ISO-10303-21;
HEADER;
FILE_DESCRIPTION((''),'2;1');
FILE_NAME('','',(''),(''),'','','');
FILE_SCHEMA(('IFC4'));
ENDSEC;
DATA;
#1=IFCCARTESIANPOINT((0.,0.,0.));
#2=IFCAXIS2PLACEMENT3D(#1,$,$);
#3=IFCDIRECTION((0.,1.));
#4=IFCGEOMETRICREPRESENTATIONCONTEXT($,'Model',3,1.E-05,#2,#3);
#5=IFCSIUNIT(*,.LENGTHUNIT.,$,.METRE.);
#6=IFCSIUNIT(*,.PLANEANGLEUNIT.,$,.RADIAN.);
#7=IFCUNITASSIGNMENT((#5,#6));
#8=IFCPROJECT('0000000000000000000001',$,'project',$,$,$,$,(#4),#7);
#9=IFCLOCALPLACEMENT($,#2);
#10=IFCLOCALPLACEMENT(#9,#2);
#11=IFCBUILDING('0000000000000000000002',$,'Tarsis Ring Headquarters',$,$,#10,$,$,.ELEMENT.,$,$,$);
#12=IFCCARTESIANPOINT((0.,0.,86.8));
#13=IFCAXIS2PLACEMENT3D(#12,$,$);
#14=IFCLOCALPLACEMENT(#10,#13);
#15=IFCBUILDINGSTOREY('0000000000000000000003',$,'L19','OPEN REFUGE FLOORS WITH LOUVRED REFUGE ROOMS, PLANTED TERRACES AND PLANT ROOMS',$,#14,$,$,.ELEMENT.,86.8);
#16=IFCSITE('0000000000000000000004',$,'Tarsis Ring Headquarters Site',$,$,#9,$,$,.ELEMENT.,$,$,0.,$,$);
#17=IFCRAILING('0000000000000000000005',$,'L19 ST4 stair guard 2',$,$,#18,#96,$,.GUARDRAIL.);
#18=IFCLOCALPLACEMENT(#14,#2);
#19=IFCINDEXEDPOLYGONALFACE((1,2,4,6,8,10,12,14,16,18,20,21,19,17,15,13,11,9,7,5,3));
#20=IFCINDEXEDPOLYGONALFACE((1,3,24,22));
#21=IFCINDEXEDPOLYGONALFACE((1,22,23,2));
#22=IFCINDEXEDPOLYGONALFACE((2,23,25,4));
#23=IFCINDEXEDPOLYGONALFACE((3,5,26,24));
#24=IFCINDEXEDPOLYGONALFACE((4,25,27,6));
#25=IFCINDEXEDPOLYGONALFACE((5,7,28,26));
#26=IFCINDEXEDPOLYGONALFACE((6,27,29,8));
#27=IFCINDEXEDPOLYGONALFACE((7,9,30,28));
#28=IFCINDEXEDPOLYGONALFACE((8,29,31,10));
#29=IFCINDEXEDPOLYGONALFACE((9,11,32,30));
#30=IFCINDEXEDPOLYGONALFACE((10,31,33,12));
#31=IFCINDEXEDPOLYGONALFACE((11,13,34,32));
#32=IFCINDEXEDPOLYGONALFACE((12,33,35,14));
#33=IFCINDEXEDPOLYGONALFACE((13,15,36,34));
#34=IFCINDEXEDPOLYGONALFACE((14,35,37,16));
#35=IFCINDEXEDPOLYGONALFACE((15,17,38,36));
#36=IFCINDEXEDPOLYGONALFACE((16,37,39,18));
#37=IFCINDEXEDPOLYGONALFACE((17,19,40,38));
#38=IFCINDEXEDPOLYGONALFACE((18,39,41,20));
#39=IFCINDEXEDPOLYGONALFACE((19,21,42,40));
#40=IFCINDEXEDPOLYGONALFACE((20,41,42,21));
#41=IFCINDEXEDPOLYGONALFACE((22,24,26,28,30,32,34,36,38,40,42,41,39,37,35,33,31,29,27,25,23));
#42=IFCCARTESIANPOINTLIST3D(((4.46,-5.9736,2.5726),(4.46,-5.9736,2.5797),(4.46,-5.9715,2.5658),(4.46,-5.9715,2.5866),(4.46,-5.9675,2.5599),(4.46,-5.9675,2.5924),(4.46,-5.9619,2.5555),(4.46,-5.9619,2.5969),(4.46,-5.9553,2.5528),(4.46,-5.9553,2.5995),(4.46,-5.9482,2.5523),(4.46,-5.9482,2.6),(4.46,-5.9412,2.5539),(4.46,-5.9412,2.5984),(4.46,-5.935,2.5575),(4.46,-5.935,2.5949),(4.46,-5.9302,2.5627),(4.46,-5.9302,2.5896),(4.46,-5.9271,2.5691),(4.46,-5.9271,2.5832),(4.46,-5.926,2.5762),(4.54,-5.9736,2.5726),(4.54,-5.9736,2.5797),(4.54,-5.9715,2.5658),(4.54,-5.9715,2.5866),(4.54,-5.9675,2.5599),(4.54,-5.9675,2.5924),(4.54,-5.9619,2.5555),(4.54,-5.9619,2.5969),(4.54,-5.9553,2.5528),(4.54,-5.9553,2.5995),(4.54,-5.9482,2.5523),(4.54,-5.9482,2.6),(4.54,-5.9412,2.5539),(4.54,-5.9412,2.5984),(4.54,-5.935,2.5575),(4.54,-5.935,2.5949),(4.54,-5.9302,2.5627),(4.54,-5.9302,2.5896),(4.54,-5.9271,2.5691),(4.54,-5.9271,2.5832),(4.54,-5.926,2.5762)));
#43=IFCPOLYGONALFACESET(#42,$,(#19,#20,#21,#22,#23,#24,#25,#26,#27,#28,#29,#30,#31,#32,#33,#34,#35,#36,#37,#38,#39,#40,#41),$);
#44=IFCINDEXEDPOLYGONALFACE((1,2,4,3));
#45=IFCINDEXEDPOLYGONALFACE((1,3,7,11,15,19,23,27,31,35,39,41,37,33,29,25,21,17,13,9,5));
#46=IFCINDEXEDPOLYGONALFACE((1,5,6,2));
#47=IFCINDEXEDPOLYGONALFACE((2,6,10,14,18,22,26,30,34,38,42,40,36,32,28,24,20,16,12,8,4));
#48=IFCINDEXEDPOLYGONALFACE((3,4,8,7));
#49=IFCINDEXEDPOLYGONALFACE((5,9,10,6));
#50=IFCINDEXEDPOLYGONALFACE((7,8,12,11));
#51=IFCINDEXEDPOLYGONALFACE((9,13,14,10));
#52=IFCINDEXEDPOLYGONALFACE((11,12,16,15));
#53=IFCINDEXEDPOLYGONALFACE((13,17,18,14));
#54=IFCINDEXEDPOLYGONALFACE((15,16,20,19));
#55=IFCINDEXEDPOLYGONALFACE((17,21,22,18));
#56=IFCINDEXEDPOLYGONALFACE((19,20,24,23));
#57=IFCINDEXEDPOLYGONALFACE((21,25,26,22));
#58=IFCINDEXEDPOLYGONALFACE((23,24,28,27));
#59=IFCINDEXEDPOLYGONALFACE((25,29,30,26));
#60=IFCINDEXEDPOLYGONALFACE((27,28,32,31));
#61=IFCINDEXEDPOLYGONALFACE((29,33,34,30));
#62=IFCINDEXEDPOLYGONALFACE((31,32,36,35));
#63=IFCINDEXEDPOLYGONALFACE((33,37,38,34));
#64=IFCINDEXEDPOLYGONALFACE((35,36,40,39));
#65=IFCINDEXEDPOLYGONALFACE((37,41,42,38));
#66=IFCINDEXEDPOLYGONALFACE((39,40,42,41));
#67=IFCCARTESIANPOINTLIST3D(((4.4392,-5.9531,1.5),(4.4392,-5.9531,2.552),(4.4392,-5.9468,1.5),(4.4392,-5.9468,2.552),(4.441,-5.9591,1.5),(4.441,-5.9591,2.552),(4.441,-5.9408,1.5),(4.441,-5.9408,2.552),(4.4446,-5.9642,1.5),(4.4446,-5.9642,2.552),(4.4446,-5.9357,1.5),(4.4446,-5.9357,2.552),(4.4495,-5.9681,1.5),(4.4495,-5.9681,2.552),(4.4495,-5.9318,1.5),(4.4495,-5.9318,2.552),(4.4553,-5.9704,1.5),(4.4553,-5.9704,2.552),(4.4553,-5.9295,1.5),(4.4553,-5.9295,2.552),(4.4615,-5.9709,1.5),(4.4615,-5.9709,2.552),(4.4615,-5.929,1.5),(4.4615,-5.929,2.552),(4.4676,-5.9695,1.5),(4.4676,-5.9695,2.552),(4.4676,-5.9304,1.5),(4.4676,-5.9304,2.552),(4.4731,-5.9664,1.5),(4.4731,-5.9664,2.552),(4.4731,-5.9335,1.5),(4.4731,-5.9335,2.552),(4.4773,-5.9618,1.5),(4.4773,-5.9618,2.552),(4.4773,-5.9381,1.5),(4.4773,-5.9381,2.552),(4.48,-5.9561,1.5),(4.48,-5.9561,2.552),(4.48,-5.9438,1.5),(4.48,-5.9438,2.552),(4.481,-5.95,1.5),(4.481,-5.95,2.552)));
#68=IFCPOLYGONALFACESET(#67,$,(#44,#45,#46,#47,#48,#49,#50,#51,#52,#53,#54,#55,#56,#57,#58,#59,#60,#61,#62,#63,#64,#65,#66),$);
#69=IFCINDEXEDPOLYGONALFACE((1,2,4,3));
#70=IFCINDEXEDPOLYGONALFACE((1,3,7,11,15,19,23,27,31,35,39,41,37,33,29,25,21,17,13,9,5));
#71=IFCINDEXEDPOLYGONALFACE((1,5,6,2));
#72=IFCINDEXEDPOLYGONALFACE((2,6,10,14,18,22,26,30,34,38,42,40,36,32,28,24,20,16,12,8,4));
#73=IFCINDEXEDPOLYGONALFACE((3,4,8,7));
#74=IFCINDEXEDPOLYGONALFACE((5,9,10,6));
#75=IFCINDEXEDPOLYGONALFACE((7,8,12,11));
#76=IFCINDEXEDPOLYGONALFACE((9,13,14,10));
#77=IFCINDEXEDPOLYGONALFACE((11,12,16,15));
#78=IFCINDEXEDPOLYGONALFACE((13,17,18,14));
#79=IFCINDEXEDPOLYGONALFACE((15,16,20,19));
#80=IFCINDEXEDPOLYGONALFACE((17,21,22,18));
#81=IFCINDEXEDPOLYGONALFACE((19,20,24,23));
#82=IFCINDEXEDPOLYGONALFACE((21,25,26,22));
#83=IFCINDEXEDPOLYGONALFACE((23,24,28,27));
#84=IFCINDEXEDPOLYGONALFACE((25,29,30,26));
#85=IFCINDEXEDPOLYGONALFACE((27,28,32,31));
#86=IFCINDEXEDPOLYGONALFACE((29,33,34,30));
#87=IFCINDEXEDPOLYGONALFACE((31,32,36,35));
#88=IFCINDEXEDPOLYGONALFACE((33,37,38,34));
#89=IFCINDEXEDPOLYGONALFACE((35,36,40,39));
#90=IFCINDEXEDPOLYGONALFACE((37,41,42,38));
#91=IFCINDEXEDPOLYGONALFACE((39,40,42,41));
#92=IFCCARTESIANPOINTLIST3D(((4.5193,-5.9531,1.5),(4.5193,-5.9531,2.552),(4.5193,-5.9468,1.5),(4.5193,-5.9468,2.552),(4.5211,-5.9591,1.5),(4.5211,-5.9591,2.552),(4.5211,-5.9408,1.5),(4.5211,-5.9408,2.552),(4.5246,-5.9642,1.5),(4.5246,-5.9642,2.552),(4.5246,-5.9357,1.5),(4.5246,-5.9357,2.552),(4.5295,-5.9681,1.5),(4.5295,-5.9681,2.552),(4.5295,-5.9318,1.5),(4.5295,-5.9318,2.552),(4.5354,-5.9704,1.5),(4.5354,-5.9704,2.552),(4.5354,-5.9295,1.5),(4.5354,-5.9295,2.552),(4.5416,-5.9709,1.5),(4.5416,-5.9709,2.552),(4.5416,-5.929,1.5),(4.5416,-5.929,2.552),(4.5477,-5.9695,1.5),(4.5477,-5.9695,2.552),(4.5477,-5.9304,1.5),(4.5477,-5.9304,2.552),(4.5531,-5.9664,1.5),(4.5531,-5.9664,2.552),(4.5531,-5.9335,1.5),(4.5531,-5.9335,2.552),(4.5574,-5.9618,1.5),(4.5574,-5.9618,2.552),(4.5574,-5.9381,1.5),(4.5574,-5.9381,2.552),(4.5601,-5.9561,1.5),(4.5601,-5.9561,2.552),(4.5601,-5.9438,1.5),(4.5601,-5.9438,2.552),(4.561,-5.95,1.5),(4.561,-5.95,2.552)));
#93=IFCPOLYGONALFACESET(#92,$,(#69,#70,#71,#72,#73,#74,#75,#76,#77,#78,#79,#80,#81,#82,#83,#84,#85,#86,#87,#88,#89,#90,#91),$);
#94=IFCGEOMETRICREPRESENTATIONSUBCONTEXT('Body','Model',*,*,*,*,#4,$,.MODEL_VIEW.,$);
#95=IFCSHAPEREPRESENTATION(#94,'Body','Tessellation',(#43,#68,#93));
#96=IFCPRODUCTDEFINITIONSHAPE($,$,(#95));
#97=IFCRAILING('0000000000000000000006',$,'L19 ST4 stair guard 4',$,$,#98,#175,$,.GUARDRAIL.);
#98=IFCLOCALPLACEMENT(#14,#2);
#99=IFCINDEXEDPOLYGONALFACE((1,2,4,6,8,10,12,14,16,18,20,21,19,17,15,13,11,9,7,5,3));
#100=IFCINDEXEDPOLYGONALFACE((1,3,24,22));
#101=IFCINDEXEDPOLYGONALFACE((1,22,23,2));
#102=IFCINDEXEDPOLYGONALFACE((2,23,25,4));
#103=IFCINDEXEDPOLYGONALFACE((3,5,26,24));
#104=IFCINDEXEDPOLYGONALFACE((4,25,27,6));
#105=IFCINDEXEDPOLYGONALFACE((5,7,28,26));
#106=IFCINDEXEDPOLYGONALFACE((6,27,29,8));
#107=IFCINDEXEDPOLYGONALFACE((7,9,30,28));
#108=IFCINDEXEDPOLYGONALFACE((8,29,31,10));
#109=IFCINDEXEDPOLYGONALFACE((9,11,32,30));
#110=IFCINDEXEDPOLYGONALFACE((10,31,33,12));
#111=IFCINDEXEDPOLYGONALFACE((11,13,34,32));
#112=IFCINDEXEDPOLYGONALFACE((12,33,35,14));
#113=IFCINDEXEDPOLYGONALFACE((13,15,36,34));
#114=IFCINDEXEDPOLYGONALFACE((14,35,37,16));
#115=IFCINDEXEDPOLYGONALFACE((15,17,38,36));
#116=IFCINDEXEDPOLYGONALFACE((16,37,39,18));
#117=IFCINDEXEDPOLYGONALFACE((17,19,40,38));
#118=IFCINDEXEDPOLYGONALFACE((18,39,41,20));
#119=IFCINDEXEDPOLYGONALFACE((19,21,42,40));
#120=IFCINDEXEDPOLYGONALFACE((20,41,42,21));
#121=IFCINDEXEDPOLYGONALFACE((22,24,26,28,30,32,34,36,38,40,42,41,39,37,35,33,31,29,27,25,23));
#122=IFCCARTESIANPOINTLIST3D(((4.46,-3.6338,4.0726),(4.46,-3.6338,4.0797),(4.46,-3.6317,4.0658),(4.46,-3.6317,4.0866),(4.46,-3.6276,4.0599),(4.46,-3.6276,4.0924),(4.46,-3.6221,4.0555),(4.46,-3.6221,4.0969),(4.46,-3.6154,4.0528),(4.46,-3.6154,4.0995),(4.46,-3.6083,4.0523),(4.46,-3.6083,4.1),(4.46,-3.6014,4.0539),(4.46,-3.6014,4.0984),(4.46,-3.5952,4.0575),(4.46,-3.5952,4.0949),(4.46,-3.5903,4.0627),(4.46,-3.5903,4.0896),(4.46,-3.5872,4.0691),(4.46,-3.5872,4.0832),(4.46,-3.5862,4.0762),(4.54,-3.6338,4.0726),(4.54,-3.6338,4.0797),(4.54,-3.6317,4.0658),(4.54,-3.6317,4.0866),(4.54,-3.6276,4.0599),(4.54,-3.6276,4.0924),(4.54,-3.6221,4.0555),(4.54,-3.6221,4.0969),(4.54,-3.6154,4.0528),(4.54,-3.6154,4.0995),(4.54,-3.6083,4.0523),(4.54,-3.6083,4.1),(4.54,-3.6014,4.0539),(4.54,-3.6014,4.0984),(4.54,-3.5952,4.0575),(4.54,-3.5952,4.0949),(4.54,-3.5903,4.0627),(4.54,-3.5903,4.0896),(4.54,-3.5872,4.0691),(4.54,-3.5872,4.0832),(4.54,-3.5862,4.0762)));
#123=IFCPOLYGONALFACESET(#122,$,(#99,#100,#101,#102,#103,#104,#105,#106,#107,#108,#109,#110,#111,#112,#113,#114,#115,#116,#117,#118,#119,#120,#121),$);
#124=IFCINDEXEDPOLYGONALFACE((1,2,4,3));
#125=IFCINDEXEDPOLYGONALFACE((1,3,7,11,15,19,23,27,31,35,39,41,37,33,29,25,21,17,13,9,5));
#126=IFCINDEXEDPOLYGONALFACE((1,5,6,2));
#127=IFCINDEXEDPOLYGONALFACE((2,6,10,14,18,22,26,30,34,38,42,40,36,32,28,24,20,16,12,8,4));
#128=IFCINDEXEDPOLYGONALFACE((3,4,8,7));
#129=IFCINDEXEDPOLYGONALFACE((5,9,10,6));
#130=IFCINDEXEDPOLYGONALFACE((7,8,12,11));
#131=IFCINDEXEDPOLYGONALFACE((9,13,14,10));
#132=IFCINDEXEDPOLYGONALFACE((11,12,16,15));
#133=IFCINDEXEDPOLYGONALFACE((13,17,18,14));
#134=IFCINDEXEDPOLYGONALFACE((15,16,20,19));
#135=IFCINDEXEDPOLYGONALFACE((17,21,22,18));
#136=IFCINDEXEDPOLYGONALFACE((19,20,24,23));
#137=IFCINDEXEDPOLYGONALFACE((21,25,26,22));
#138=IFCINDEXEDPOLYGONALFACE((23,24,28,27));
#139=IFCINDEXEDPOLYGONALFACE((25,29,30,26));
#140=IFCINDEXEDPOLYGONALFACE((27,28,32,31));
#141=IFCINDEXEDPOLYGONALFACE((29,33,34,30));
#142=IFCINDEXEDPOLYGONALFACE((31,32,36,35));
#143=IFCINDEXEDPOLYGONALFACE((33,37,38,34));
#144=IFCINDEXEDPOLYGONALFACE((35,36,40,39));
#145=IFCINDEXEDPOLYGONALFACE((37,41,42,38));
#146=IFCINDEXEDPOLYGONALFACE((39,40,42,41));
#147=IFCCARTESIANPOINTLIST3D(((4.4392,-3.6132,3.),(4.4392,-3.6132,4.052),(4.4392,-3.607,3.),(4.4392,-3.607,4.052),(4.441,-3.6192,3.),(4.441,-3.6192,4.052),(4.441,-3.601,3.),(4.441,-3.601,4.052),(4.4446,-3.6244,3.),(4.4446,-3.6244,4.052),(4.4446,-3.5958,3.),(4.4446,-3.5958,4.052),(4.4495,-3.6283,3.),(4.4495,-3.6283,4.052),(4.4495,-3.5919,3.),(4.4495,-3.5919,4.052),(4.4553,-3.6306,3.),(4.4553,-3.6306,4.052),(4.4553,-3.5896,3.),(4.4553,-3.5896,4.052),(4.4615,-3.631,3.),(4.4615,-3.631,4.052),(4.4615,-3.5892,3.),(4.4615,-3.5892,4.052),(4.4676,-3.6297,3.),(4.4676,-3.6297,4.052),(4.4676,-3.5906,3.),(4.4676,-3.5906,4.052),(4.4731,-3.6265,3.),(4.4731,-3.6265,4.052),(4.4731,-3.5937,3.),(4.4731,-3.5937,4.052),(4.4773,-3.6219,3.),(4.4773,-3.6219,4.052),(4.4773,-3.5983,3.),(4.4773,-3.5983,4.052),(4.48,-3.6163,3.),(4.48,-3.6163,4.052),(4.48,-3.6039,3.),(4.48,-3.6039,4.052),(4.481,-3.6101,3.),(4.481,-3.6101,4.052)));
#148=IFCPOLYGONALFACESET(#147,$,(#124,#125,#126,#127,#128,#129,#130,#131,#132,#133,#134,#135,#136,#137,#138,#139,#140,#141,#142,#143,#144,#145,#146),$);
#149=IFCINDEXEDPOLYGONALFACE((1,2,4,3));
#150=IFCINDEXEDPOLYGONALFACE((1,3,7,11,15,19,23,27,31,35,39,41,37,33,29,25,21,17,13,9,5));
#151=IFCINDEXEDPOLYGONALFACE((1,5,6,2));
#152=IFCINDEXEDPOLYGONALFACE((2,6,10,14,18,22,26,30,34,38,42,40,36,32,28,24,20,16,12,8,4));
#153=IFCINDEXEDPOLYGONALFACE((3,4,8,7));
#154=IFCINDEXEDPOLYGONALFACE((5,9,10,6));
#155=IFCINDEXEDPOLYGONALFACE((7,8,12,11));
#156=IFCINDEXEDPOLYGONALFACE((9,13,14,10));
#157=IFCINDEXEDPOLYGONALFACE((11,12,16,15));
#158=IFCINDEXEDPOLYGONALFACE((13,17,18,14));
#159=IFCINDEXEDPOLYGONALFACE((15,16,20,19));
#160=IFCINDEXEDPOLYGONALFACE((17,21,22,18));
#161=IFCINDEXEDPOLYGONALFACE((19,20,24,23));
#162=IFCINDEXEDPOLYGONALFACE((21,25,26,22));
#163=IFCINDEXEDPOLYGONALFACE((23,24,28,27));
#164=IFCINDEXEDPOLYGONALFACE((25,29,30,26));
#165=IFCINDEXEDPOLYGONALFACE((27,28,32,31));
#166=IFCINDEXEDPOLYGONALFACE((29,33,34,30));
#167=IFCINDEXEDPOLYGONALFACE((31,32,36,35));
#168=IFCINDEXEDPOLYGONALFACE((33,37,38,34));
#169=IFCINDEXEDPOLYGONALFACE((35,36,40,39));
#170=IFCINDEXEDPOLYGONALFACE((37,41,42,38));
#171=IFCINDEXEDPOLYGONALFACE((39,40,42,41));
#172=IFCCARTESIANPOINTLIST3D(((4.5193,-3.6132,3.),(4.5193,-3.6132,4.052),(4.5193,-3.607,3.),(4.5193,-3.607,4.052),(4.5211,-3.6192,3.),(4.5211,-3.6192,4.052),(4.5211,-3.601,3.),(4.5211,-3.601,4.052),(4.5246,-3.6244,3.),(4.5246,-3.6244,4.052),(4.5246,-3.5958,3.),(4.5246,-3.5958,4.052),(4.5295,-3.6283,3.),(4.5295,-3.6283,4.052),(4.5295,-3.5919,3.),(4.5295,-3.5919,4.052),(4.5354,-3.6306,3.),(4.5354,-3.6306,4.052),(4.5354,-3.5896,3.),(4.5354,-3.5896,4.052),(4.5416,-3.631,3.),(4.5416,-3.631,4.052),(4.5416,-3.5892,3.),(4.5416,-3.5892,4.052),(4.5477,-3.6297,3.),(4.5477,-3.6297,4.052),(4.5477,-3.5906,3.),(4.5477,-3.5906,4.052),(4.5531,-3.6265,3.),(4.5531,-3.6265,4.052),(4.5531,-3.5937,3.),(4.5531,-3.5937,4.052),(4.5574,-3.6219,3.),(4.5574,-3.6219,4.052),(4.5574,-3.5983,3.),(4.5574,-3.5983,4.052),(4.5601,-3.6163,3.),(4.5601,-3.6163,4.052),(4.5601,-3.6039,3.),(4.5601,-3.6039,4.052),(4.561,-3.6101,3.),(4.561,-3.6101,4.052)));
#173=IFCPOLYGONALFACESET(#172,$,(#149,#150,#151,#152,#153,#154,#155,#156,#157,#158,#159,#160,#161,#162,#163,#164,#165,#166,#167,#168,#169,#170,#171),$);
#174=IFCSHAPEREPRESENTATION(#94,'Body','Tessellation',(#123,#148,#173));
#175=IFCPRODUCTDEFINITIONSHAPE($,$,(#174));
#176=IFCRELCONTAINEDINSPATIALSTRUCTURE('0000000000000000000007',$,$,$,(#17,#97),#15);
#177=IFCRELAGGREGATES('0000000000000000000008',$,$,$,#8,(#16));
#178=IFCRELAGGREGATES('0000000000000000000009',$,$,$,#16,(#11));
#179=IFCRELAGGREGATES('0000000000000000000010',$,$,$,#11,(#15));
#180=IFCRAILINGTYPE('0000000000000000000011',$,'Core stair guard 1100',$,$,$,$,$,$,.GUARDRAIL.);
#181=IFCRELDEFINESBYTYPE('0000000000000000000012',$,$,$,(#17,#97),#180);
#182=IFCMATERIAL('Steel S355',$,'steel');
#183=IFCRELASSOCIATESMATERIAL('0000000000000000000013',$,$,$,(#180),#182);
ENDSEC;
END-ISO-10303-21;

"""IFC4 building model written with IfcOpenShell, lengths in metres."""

from ifc_helpers import new_model, si_unit, direction, frame, origin, origin_2d, place, context, subcontext, project, spatial, circle, extrude, material, type_object, element, save


model = new_model("IFC4")

# Units and contexts
model_context = context("Model", 3, precision=1e-05, world=origin(), true_north=direction((0.0, 1.0)))
body_context = subcontext(model_context, "Body", "Model", "MODEL_VIEW")
ifc_project = project(units=[si_unit("LENGTHUNIT", "METRE"), si_unit("PLANEANGLEUNIT", "RADIAN")], contexts=[model_context])

# Site, building, storey
site_placement = place(None, origin())
site = spatial("IfcSite", under=ifc_project, at=site_placement, Name="Tarsis Ring Headquarters Site", CompositionType="ELEMENT", RefElevation=0.0)
building_placement = place(site_placement, origin())
building = spatial("IfcBuilding", under=site, at=building_placement, Name="Tarsis Ring Headquarters", CompositionType="ELEMENT")
storey_placement = place(building_placement, frame((0.0, 0.0, 86.8)))
storey = spatial("IfcBuildingStorey", under=building, at=storey_placement, Name="L19", Description="OPEN REFUGE FLOORS WITH LOUVRED REFUGE ROOMS, PLANTED TERRACES AND PLANT ROOMS", CompositionType="ELEMENT", Elevation=86.8)

# Railings
ifc_material_1 = material(Name="Steel S355", Category="steel")
railing_type_1 = type_object("IfcRailingType", Name="Core stair guard 1100", PredefinedType="GUARDRAIL", material=ifc_material_1)
for number, where, name in (
    (1, (4.46, -5.95, 1.5), "L19 ST4 stair guard 2"),
    (2, (4.46, -3.6101, 3.0), "L19 ST4 stair guard 4"),
):
    element("IfcRailing", number, at=place(storey_placement, frame(where)), inside=storey, type_object=railing_type_1, Name=name, PredefinedType="GUARDRAIL", context=body_context, shape_type="SweptSolid", body=[
        extrude(circle(Radius=0.0239, at=origin_2d()), frame((0.0, 0.0, 1.0762), z_axis=(1.0, 0.0, 0.0), x_axis=(0.0, 1.0, 0.0)), (0.0, 0.0, 1.0), 0.0801),
        extrude(circle(Radius=0.021, at=origin_2d()), origin(), (0.0, 0.0, 1.0), 1.052),
        extrude(circle(Radius=0.021, at=origin_2d()), frame((0.0801, 0.0, 0.0)), (0.0, 0.0, 1.0), 1.052),
    ])

save(model, "model.ifc")
